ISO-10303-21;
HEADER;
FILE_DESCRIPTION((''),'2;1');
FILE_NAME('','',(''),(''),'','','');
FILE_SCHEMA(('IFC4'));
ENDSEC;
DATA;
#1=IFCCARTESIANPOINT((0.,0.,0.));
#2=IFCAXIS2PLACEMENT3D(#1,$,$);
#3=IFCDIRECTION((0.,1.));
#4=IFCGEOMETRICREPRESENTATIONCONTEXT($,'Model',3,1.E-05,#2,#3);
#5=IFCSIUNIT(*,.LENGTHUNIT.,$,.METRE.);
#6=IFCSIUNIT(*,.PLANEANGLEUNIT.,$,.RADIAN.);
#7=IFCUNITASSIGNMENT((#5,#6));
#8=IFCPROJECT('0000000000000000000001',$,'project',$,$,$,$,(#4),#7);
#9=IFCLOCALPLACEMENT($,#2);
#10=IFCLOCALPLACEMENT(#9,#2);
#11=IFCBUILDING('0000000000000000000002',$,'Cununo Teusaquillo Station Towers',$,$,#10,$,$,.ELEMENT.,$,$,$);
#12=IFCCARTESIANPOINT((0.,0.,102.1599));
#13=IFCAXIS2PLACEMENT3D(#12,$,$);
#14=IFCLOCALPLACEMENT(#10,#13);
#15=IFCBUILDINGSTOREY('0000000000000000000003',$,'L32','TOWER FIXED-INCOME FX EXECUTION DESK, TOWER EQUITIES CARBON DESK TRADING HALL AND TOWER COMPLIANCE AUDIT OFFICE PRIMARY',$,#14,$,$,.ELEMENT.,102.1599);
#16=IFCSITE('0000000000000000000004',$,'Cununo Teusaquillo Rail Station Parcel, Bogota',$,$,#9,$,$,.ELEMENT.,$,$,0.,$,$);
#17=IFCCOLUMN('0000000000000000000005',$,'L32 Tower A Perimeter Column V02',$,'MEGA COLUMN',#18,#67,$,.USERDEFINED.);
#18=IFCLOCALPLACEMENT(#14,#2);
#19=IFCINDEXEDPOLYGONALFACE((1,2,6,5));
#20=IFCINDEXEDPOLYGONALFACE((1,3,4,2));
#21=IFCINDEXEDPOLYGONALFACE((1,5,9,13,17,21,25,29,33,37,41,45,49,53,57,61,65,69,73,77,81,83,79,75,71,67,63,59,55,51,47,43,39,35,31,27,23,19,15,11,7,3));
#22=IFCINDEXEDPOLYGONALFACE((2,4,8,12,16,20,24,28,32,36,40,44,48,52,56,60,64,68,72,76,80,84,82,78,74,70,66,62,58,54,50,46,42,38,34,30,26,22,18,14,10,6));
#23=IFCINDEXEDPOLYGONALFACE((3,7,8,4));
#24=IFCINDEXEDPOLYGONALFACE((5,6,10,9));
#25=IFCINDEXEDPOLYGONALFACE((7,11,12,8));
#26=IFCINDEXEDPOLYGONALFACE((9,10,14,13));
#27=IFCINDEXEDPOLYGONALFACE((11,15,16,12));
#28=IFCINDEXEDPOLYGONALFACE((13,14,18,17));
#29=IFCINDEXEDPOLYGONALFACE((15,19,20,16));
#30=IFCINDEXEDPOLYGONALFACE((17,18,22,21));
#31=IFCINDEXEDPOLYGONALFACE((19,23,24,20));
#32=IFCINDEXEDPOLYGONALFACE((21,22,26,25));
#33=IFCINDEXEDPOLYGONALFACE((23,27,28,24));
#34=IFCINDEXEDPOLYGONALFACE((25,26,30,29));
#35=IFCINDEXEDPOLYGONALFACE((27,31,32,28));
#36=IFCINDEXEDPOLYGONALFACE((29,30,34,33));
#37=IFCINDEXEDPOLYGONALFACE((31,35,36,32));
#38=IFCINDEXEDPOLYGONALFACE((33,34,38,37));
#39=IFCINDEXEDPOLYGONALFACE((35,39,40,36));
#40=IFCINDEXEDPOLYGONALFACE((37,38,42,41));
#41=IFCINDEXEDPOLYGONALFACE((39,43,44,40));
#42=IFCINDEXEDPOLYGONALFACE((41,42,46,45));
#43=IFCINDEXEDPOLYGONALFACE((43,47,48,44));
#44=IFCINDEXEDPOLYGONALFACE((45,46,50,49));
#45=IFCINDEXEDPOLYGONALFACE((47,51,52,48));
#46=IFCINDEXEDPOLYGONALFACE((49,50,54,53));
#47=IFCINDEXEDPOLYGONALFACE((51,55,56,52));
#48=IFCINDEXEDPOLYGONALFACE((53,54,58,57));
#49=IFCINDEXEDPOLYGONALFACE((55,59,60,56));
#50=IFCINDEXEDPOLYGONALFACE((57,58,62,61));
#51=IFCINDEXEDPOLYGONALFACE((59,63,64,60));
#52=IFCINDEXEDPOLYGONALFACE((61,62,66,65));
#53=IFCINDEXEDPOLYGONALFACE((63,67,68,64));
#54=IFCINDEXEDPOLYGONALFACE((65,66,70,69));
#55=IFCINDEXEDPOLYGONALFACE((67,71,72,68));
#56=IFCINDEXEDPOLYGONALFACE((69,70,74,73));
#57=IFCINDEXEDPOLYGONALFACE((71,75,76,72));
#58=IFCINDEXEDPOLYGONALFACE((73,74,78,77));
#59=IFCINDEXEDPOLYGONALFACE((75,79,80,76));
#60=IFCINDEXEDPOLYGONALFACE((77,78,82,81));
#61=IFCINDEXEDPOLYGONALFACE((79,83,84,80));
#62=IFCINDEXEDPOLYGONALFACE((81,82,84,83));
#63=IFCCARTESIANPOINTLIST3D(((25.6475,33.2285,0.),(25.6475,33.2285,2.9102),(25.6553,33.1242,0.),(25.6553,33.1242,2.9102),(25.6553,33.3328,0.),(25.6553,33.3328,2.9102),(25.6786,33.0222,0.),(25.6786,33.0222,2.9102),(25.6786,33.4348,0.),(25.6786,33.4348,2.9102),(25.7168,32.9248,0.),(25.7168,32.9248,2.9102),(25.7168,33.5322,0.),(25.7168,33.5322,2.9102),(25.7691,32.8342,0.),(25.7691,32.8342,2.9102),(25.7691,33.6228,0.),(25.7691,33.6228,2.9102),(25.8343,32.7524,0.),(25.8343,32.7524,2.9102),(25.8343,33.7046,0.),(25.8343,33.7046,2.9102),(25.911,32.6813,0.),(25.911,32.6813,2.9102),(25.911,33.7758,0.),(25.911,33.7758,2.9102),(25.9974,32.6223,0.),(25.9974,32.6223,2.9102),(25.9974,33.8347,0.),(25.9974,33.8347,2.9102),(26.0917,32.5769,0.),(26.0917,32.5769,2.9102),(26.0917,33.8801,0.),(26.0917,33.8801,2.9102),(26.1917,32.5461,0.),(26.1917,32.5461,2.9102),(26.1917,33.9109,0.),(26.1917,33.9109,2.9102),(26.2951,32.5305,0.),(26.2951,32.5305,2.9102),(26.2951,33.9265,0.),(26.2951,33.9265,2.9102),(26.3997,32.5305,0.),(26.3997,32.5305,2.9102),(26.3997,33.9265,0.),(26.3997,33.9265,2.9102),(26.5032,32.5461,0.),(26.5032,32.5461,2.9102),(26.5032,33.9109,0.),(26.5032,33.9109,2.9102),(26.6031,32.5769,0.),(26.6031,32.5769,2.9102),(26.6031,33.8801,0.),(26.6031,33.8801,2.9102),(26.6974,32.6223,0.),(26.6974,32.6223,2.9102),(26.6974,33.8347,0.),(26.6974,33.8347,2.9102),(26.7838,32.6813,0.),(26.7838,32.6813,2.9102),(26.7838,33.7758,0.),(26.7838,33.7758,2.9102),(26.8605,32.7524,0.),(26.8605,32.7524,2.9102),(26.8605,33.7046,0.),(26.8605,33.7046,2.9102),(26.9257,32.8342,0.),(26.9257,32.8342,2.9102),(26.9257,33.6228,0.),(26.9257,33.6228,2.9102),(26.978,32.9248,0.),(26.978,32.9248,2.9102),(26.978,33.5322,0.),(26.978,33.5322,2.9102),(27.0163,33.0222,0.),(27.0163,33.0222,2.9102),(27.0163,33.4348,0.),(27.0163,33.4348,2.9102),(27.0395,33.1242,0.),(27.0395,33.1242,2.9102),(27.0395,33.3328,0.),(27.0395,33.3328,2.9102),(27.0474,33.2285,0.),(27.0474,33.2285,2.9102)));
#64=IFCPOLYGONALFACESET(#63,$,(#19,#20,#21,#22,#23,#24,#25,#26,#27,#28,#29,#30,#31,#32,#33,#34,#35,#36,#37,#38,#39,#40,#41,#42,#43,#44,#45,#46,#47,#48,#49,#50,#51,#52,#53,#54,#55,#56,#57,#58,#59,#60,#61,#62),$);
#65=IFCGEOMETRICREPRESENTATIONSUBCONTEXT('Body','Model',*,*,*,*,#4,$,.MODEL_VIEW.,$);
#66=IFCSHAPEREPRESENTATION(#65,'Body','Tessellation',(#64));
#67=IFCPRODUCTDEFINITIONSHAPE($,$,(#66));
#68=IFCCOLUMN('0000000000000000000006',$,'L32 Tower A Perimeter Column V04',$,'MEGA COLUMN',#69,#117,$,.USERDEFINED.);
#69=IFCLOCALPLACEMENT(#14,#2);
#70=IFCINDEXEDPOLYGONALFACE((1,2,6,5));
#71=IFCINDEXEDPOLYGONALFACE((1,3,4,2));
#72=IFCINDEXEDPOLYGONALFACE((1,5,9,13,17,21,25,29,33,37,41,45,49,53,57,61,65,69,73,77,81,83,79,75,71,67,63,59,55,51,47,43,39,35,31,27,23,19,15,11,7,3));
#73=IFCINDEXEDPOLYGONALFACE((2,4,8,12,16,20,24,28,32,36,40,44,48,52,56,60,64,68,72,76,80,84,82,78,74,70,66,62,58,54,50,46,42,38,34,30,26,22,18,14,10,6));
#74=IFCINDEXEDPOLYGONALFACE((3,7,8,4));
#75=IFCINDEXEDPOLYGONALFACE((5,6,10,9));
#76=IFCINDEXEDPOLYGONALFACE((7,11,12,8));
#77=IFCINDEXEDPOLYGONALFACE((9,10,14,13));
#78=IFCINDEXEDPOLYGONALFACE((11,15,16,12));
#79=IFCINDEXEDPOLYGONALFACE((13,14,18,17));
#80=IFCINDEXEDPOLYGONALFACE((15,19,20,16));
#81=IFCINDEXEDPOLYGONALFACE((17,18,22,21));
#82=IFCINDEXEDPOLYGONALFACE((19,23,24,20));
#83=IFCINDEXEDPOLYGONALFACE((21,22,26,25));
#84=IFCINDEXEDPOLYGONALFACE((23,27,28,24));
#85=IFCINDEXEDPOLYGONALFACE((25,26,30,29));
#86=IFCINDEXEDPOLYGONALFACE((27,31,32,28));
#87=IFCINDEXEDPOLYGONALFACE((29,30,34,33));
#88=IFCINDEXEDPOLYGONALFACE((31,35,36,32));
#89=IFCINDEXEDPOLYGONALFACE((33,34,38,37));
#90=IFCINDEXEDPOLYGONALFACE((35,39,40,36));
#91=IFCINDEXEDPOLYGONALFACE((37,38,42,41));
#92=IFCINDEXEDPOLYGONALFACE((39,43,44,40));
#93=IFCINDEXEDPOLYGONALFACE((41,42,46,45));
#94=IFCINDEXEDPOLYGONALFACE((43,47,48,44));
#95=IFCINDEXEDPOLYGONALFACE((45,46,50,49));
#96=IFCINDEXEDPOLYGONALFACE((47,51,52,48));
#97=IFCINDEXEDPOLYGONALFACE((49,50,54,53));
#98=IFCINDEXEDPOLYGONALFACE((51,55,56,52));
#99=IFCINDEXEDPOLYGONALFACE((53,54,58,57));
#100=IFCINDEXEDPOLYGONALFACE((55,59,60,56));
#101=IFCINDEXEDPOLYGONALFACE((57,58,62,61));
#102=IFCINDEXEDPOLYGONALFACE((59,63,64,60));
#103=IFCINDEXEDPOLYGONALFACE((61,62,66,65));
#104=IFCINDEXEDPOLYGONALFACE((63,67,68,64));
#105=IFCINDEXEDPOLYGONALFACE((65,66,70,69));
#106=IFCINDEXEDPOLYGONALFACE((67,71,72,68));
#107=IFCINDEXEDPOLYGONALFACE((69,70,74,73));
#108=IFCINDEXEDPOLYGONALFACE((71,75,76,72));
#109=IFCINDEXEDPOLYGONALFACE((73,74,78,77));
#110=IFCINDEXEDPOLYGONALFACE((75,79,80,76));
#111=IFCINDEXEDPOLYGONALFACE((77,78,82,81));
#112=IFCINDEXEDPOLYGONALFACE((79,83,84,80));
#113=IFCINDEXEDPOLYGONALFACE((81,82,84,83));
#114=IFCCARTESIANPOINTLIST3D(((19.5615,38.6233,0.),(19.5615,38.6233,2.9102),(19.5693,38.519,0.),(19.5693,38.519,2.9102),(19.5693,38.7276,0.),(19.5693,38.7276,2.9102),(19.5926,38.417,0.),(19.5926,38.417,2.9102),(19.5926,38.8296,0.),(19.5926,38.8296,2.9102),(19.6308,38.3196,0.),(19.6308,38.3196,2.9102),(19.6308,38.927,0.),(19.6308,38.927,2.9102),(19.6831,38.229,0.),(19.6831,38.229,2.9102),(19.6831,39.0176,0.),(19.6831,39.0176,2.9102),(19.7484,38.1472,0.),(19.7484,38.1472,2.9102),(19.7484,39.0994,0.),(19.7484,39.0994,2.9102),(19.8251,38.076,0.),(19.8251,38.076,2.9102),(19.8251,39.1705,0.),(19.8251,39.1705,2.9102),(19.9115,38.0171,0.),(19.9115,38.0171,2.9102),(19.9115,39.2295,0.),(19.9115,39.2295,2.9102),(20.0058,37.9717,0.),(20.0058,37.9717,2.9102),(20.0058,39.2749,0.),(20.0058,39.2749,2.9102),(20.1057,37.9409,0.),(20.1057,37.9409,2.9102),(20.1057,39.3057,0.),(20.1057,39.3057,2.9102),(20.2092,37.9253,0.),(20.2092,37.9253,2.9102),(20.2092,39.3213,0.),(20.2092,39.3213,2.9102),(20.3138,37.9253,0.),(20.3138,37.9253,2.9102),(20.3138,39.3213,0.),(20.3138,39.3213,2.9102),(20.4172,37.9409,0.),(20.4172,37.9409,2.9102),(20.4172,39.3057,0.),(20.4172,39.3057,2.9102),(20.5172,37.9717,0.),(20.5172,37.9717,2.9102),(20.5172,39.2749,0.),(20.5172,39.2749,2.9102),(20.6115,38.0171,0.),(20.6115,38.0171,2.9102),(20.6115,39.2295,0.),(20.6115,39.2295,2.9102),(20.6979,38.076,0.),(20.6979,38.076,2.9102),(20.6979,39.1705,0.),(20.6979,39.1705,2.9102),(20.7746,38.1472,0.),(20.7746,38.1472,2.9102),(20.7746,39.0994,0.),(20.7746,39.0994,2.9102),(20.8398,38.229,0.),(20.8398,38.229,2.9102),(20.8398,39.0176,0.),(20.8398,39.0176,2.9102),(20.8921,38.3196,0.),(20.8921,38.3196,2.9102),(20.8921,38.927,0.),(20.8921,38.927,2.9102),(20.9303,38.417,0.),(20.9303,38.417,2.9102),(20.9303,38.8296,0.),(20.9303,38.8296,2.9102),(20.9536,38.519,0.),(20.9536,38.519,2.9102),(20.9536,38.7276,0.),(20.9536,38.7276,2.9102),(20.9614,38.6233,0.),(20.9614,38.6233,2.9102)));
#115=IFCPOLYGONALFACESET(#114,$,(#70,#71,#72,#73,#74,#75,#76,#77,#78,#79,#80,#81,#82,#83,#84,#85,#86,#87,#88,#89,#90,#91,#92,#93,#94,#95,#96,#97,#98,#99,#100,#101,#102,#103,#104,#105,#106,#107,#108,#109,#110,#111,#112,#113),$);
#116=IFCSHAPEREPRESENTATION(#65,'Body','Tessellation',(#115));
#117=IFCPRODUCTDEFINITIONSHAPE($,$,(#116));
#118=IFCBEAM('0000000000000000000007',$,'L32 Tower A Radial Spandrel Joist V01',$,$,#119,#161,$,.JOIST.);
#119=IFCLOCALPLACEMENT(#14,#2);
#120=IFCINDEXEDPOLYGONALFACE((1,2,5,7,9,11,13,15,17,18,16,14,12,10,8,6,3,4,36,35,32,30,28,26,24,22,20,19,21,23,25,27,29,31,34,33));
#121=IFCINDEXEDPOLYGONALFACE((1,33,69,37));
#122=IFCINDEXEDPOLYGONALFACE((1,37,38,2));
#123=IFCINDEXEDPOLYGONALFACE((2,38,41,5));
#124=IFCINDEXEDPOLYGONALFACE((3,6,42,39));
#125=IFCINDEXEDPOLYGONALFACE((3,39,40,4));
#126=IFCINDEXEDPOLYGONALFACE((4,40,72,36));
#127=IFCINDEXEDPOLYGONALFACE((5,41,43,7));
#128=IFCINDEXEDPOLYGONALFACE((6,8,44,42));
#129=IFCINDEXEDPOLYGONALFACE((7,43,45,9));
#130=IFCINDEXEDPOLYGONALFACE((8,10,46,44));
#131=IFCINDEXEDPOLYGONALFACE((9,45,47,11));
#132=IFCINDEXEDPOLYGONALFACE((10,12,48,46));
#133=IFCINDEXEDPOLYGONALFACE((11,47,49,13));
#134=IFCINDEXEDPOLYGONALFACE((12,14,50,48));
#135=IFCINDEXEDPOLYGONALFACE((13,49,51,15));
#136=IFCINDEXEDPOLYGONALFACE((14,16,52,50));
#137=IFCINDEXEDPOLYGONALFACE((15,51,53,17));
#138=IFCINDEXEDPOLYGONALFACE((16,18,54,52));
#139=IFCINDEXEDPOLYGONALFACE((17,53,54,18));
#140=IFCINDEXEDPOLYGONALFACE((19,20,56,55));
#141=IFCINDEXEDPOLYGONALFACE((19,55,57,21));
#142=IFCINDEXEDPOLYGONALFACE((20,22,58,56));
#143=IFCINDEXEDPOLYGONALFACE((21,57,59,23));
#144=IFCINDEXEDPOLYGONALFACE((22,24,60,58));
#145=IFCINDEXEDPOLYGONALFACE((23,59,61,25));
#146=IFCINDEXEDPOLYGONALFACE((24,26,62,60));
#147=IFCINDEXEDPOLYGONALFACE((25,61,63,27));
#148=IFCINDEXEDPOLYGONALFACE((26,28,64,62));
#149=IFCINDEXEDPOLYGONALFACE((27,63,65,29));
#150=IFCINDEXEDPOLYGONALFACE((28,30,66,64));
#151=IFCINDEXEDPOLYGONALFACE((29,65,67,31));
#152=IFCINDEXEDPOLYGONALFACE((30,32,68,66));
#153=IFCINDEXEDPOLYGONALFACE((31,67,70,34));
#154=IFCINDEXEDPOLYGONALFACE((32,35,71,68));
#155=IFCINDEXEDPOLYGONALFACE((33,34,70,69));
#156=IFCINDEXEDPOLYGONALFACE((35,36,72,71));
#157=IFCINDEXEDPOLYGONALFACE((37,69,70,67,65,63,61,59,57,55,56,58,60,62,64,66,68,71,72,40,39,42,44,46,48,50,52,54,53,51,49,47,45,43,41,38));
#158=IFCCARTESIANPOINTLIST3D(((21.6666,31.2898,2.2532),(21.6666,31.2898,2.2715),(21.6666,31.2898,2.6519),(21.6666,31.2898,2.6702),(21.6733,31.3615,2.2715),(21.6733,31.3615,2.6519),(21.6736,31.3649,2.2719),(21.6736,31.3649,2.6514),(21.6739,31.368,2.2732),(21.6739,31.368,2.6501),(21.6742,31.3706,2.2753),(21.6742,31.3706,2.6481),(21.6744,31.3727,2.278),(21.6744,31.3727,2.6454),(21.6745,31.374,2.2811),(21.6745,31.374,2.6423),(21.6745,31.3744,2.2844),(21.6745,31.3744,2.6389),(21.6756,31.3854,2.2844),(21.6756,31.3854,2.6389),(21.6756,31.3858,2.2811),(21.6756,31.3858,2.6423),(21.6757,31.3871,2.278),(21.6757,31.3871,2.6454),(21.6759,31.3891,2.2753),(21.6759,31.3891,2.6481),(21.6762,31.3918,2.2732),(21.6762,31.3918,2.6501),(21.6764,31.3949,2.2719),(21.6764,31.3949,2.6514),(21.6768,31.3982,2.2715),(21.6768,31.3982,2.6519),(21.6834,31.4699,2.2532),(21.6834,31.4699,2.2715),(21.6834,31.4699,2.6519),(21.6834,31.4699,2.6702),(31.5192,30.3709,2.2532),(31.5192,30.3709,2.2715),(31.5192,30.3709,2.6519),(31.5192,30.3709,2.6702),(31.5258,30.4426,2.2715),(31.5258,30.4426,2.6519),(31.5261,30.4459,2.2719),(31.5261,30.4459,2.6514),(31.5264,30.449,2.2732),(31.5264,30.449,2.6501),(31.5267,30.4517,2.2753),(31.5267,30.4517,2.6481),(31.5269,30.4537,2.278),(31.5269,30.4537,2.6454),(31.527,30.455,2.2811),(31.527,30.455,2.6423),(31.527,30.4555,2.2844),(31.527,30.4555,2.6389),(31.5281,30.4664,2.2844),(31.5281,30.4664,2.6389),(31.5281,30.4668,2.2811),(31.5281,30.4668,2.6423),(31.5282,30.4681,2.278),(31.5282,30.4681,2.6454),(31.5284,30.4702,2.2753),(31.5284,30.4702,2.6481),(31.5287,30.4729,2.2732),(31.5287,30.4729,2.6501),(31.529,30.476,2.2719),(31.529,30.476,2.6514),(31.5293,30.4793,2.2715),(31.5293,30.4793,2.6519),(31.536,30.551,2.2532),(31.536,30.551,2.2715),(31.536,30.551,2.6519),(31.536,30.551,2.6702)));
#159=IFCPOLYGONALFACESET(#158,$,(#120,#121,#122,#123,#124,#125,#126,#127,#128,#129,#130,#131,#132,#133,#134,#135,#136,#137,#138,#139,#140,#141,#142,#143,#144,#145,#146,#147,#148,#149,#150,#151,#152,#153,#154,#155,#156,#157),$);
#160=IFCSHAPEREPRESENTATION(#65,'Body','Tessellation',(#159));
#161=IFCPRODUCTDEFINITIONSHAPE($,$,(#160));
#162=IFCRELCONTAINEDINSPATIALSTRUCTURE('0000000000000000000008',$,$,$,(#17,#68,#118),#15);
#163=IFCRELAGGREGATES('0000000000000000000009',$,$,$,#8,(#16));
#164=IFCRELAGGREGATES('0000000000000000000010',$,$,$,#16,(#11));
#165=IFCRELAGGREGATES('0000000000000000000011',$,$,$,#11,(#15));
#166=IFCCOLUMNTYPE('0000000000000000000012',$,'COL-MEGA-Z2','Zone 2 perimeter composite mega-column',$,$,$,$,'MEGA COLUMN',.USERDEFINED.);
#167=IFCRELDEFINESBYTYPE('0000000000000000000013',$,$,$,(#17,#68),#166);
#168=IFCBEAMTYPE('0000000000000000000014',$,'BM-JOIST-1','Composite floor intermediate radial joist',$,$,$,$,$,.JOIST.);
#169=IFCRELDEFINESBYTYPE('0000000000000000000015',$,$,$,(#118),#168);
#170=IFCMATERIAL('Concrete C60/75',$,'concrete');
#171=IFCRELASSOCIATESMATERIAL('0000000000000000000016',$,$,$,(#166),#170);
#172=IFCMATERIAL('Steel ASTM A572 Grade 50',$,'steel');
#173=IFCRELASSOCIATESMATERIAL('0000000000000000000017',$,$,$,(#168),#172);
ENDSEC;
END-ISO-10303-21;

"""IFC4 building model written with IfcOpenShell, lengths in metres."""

from ifc_helpers import new_model, si_unit, direction, frame, origin, origin_2d, place, context, subcontext, project, spatial, circle, i_section, extrude, material, material_profile, profile_set, type_object, element, save


model = new_model("IFC4")

# Units and contexts
model_context = context("Model", 3, precision=1e-05, world=origin(), true_north=direction((0.0, 1.0)))
body_context = subcontext(model_context, "Body", "Model", "MODEL_VIEW")
ifc_project = project(units=[si_unit("LENGTHUNIT", "METRE"), si_unit("PLANEANGLEUNIT", "RADIAN")], contexts=[model_context])

# Site, building, storey
site_placement = place(None, origin())
site = spatial("IfcSite", under=ifc_project, at=site_placement, Name="Cununo Teusaquillo Rail Station Parcel, Bogota", CompositionType="ELEMENT", RefElevation=0.0)
building_placement = place(site_placement, origin())
building = spatial("IfcBuilding", under=site, at=building_placement, Name="Cununo Teusaquillo Station Towers", CompositionType="ELEMENT")
storey_placement = place(building_placement, frame((0.0, 0.0, 102.1599)))
storey = spatial("IfcBuildingStorey", under=building, at=storey_placement, Name="L32", Description="TOWER FIXED-INCOME FX EXECUTION DESK, TOWER EQUITIES CARBON DESK TRADING HALL AND TOWER COMPLIANCE AUDIT OFFICE PRIMARY", CompositionType="ELEMENT", Elevation=102.1599)

# Columns
ifc_material_1 = material(Name="Concrete C60/75", Category="concrete")
ifc_material_profile_1 = material_profile(ifc_material_1, circle(Radius=0.7, at=origin_2d()), Name="RC-CIRC-1400")
ifc_profile_set_1 = profile_set([ifc_material_profile_1], Name="Concrete C60/75")
column_type = type_object("IfcColumnType", Name="COL-MEGA-Z2", Description="Zone 2 perimeter composite mega-column", ElementType="MEGA COLUMN", PredefinedType="USERDEFINED", material=ifc_profile_set_1)
for number, where, z_axis, x_axis, name in (
    (1, (26.3474, 33.2285, 0.0), (0.0, 0.0, 1.0), (1.0, 0.0, 0.0), "L32 Tower A Perimeter Column V02"),
    (2, (20.2615, 38.6233, 0.0), (0.0, 0.0, 1.0), (1.0, 0.0, 0.0), "L32 Tower A Perimeter Column V04"),
):
    element("IfcColumn", number, at=place(storey_placement, frame(where, z_axis=z_axis, x_axis=x_axis)), inside=storey, type_object=column_type, Name=name, ObjectType="MEGA COLUMN", PredefinedType="USERDEFINED", context=body_context, shape_type="SweptSolid", body=[
        extrude(circle(Radius=0.7, at=origin_2d()), origin(), (0.0, 0.0, 1.0), 2.9102),
    ])

# Beam
ifc_material_2 = material(Name="Steel ASTM A572 Grade 50", Category="steel")
ifc_material_profile_2 = material_profile(ifc_material_2, i_section(OverallWidth=0.1809, OverallDepth=0.417, WebThickness=0.011, FlangeThickness=0.0183, FilletRadius=0.0129, at=origin_2d()), Name="W16X57")
ifc_profile_set_2 = profile_set([ifc_material_profile_2], Name="Steel ASTM A572 Grade 50")
beam_type_1 = type_object("IfcBeamType", Name="BM-JOIST-1", Description="Composite floor intermediate radial joist", PredefinedType="JOIST", material=ifc_profile_set_2)
beam_1_placement = place(storey_placement, frame((21.675, 31.3799, 2.4617), z_axis=(0.995679, -0.092867, 0.0), x_axis=(0.092867, 0.995679, 0.0)))
element("IfcBeam", 3, at=beam_1_placement, inside=storey, type_object=beam_type_1, Name="L32 Tower A Radial Spandrel Joist V01", PredefinedType="JOIST", context=body_context, shape_type="SweptSolid", body=[
    extrude(i_section(OverallWidth=0.1809, OverallDepth=0.417, WebThickness=0.011, FlangeThickness=0.0183, FilletRadius=0.0129, at=origin_2d()), origin(), (0.0, 0.0, 1.0), 9.8953),
])

save(model, "model.ifc")
